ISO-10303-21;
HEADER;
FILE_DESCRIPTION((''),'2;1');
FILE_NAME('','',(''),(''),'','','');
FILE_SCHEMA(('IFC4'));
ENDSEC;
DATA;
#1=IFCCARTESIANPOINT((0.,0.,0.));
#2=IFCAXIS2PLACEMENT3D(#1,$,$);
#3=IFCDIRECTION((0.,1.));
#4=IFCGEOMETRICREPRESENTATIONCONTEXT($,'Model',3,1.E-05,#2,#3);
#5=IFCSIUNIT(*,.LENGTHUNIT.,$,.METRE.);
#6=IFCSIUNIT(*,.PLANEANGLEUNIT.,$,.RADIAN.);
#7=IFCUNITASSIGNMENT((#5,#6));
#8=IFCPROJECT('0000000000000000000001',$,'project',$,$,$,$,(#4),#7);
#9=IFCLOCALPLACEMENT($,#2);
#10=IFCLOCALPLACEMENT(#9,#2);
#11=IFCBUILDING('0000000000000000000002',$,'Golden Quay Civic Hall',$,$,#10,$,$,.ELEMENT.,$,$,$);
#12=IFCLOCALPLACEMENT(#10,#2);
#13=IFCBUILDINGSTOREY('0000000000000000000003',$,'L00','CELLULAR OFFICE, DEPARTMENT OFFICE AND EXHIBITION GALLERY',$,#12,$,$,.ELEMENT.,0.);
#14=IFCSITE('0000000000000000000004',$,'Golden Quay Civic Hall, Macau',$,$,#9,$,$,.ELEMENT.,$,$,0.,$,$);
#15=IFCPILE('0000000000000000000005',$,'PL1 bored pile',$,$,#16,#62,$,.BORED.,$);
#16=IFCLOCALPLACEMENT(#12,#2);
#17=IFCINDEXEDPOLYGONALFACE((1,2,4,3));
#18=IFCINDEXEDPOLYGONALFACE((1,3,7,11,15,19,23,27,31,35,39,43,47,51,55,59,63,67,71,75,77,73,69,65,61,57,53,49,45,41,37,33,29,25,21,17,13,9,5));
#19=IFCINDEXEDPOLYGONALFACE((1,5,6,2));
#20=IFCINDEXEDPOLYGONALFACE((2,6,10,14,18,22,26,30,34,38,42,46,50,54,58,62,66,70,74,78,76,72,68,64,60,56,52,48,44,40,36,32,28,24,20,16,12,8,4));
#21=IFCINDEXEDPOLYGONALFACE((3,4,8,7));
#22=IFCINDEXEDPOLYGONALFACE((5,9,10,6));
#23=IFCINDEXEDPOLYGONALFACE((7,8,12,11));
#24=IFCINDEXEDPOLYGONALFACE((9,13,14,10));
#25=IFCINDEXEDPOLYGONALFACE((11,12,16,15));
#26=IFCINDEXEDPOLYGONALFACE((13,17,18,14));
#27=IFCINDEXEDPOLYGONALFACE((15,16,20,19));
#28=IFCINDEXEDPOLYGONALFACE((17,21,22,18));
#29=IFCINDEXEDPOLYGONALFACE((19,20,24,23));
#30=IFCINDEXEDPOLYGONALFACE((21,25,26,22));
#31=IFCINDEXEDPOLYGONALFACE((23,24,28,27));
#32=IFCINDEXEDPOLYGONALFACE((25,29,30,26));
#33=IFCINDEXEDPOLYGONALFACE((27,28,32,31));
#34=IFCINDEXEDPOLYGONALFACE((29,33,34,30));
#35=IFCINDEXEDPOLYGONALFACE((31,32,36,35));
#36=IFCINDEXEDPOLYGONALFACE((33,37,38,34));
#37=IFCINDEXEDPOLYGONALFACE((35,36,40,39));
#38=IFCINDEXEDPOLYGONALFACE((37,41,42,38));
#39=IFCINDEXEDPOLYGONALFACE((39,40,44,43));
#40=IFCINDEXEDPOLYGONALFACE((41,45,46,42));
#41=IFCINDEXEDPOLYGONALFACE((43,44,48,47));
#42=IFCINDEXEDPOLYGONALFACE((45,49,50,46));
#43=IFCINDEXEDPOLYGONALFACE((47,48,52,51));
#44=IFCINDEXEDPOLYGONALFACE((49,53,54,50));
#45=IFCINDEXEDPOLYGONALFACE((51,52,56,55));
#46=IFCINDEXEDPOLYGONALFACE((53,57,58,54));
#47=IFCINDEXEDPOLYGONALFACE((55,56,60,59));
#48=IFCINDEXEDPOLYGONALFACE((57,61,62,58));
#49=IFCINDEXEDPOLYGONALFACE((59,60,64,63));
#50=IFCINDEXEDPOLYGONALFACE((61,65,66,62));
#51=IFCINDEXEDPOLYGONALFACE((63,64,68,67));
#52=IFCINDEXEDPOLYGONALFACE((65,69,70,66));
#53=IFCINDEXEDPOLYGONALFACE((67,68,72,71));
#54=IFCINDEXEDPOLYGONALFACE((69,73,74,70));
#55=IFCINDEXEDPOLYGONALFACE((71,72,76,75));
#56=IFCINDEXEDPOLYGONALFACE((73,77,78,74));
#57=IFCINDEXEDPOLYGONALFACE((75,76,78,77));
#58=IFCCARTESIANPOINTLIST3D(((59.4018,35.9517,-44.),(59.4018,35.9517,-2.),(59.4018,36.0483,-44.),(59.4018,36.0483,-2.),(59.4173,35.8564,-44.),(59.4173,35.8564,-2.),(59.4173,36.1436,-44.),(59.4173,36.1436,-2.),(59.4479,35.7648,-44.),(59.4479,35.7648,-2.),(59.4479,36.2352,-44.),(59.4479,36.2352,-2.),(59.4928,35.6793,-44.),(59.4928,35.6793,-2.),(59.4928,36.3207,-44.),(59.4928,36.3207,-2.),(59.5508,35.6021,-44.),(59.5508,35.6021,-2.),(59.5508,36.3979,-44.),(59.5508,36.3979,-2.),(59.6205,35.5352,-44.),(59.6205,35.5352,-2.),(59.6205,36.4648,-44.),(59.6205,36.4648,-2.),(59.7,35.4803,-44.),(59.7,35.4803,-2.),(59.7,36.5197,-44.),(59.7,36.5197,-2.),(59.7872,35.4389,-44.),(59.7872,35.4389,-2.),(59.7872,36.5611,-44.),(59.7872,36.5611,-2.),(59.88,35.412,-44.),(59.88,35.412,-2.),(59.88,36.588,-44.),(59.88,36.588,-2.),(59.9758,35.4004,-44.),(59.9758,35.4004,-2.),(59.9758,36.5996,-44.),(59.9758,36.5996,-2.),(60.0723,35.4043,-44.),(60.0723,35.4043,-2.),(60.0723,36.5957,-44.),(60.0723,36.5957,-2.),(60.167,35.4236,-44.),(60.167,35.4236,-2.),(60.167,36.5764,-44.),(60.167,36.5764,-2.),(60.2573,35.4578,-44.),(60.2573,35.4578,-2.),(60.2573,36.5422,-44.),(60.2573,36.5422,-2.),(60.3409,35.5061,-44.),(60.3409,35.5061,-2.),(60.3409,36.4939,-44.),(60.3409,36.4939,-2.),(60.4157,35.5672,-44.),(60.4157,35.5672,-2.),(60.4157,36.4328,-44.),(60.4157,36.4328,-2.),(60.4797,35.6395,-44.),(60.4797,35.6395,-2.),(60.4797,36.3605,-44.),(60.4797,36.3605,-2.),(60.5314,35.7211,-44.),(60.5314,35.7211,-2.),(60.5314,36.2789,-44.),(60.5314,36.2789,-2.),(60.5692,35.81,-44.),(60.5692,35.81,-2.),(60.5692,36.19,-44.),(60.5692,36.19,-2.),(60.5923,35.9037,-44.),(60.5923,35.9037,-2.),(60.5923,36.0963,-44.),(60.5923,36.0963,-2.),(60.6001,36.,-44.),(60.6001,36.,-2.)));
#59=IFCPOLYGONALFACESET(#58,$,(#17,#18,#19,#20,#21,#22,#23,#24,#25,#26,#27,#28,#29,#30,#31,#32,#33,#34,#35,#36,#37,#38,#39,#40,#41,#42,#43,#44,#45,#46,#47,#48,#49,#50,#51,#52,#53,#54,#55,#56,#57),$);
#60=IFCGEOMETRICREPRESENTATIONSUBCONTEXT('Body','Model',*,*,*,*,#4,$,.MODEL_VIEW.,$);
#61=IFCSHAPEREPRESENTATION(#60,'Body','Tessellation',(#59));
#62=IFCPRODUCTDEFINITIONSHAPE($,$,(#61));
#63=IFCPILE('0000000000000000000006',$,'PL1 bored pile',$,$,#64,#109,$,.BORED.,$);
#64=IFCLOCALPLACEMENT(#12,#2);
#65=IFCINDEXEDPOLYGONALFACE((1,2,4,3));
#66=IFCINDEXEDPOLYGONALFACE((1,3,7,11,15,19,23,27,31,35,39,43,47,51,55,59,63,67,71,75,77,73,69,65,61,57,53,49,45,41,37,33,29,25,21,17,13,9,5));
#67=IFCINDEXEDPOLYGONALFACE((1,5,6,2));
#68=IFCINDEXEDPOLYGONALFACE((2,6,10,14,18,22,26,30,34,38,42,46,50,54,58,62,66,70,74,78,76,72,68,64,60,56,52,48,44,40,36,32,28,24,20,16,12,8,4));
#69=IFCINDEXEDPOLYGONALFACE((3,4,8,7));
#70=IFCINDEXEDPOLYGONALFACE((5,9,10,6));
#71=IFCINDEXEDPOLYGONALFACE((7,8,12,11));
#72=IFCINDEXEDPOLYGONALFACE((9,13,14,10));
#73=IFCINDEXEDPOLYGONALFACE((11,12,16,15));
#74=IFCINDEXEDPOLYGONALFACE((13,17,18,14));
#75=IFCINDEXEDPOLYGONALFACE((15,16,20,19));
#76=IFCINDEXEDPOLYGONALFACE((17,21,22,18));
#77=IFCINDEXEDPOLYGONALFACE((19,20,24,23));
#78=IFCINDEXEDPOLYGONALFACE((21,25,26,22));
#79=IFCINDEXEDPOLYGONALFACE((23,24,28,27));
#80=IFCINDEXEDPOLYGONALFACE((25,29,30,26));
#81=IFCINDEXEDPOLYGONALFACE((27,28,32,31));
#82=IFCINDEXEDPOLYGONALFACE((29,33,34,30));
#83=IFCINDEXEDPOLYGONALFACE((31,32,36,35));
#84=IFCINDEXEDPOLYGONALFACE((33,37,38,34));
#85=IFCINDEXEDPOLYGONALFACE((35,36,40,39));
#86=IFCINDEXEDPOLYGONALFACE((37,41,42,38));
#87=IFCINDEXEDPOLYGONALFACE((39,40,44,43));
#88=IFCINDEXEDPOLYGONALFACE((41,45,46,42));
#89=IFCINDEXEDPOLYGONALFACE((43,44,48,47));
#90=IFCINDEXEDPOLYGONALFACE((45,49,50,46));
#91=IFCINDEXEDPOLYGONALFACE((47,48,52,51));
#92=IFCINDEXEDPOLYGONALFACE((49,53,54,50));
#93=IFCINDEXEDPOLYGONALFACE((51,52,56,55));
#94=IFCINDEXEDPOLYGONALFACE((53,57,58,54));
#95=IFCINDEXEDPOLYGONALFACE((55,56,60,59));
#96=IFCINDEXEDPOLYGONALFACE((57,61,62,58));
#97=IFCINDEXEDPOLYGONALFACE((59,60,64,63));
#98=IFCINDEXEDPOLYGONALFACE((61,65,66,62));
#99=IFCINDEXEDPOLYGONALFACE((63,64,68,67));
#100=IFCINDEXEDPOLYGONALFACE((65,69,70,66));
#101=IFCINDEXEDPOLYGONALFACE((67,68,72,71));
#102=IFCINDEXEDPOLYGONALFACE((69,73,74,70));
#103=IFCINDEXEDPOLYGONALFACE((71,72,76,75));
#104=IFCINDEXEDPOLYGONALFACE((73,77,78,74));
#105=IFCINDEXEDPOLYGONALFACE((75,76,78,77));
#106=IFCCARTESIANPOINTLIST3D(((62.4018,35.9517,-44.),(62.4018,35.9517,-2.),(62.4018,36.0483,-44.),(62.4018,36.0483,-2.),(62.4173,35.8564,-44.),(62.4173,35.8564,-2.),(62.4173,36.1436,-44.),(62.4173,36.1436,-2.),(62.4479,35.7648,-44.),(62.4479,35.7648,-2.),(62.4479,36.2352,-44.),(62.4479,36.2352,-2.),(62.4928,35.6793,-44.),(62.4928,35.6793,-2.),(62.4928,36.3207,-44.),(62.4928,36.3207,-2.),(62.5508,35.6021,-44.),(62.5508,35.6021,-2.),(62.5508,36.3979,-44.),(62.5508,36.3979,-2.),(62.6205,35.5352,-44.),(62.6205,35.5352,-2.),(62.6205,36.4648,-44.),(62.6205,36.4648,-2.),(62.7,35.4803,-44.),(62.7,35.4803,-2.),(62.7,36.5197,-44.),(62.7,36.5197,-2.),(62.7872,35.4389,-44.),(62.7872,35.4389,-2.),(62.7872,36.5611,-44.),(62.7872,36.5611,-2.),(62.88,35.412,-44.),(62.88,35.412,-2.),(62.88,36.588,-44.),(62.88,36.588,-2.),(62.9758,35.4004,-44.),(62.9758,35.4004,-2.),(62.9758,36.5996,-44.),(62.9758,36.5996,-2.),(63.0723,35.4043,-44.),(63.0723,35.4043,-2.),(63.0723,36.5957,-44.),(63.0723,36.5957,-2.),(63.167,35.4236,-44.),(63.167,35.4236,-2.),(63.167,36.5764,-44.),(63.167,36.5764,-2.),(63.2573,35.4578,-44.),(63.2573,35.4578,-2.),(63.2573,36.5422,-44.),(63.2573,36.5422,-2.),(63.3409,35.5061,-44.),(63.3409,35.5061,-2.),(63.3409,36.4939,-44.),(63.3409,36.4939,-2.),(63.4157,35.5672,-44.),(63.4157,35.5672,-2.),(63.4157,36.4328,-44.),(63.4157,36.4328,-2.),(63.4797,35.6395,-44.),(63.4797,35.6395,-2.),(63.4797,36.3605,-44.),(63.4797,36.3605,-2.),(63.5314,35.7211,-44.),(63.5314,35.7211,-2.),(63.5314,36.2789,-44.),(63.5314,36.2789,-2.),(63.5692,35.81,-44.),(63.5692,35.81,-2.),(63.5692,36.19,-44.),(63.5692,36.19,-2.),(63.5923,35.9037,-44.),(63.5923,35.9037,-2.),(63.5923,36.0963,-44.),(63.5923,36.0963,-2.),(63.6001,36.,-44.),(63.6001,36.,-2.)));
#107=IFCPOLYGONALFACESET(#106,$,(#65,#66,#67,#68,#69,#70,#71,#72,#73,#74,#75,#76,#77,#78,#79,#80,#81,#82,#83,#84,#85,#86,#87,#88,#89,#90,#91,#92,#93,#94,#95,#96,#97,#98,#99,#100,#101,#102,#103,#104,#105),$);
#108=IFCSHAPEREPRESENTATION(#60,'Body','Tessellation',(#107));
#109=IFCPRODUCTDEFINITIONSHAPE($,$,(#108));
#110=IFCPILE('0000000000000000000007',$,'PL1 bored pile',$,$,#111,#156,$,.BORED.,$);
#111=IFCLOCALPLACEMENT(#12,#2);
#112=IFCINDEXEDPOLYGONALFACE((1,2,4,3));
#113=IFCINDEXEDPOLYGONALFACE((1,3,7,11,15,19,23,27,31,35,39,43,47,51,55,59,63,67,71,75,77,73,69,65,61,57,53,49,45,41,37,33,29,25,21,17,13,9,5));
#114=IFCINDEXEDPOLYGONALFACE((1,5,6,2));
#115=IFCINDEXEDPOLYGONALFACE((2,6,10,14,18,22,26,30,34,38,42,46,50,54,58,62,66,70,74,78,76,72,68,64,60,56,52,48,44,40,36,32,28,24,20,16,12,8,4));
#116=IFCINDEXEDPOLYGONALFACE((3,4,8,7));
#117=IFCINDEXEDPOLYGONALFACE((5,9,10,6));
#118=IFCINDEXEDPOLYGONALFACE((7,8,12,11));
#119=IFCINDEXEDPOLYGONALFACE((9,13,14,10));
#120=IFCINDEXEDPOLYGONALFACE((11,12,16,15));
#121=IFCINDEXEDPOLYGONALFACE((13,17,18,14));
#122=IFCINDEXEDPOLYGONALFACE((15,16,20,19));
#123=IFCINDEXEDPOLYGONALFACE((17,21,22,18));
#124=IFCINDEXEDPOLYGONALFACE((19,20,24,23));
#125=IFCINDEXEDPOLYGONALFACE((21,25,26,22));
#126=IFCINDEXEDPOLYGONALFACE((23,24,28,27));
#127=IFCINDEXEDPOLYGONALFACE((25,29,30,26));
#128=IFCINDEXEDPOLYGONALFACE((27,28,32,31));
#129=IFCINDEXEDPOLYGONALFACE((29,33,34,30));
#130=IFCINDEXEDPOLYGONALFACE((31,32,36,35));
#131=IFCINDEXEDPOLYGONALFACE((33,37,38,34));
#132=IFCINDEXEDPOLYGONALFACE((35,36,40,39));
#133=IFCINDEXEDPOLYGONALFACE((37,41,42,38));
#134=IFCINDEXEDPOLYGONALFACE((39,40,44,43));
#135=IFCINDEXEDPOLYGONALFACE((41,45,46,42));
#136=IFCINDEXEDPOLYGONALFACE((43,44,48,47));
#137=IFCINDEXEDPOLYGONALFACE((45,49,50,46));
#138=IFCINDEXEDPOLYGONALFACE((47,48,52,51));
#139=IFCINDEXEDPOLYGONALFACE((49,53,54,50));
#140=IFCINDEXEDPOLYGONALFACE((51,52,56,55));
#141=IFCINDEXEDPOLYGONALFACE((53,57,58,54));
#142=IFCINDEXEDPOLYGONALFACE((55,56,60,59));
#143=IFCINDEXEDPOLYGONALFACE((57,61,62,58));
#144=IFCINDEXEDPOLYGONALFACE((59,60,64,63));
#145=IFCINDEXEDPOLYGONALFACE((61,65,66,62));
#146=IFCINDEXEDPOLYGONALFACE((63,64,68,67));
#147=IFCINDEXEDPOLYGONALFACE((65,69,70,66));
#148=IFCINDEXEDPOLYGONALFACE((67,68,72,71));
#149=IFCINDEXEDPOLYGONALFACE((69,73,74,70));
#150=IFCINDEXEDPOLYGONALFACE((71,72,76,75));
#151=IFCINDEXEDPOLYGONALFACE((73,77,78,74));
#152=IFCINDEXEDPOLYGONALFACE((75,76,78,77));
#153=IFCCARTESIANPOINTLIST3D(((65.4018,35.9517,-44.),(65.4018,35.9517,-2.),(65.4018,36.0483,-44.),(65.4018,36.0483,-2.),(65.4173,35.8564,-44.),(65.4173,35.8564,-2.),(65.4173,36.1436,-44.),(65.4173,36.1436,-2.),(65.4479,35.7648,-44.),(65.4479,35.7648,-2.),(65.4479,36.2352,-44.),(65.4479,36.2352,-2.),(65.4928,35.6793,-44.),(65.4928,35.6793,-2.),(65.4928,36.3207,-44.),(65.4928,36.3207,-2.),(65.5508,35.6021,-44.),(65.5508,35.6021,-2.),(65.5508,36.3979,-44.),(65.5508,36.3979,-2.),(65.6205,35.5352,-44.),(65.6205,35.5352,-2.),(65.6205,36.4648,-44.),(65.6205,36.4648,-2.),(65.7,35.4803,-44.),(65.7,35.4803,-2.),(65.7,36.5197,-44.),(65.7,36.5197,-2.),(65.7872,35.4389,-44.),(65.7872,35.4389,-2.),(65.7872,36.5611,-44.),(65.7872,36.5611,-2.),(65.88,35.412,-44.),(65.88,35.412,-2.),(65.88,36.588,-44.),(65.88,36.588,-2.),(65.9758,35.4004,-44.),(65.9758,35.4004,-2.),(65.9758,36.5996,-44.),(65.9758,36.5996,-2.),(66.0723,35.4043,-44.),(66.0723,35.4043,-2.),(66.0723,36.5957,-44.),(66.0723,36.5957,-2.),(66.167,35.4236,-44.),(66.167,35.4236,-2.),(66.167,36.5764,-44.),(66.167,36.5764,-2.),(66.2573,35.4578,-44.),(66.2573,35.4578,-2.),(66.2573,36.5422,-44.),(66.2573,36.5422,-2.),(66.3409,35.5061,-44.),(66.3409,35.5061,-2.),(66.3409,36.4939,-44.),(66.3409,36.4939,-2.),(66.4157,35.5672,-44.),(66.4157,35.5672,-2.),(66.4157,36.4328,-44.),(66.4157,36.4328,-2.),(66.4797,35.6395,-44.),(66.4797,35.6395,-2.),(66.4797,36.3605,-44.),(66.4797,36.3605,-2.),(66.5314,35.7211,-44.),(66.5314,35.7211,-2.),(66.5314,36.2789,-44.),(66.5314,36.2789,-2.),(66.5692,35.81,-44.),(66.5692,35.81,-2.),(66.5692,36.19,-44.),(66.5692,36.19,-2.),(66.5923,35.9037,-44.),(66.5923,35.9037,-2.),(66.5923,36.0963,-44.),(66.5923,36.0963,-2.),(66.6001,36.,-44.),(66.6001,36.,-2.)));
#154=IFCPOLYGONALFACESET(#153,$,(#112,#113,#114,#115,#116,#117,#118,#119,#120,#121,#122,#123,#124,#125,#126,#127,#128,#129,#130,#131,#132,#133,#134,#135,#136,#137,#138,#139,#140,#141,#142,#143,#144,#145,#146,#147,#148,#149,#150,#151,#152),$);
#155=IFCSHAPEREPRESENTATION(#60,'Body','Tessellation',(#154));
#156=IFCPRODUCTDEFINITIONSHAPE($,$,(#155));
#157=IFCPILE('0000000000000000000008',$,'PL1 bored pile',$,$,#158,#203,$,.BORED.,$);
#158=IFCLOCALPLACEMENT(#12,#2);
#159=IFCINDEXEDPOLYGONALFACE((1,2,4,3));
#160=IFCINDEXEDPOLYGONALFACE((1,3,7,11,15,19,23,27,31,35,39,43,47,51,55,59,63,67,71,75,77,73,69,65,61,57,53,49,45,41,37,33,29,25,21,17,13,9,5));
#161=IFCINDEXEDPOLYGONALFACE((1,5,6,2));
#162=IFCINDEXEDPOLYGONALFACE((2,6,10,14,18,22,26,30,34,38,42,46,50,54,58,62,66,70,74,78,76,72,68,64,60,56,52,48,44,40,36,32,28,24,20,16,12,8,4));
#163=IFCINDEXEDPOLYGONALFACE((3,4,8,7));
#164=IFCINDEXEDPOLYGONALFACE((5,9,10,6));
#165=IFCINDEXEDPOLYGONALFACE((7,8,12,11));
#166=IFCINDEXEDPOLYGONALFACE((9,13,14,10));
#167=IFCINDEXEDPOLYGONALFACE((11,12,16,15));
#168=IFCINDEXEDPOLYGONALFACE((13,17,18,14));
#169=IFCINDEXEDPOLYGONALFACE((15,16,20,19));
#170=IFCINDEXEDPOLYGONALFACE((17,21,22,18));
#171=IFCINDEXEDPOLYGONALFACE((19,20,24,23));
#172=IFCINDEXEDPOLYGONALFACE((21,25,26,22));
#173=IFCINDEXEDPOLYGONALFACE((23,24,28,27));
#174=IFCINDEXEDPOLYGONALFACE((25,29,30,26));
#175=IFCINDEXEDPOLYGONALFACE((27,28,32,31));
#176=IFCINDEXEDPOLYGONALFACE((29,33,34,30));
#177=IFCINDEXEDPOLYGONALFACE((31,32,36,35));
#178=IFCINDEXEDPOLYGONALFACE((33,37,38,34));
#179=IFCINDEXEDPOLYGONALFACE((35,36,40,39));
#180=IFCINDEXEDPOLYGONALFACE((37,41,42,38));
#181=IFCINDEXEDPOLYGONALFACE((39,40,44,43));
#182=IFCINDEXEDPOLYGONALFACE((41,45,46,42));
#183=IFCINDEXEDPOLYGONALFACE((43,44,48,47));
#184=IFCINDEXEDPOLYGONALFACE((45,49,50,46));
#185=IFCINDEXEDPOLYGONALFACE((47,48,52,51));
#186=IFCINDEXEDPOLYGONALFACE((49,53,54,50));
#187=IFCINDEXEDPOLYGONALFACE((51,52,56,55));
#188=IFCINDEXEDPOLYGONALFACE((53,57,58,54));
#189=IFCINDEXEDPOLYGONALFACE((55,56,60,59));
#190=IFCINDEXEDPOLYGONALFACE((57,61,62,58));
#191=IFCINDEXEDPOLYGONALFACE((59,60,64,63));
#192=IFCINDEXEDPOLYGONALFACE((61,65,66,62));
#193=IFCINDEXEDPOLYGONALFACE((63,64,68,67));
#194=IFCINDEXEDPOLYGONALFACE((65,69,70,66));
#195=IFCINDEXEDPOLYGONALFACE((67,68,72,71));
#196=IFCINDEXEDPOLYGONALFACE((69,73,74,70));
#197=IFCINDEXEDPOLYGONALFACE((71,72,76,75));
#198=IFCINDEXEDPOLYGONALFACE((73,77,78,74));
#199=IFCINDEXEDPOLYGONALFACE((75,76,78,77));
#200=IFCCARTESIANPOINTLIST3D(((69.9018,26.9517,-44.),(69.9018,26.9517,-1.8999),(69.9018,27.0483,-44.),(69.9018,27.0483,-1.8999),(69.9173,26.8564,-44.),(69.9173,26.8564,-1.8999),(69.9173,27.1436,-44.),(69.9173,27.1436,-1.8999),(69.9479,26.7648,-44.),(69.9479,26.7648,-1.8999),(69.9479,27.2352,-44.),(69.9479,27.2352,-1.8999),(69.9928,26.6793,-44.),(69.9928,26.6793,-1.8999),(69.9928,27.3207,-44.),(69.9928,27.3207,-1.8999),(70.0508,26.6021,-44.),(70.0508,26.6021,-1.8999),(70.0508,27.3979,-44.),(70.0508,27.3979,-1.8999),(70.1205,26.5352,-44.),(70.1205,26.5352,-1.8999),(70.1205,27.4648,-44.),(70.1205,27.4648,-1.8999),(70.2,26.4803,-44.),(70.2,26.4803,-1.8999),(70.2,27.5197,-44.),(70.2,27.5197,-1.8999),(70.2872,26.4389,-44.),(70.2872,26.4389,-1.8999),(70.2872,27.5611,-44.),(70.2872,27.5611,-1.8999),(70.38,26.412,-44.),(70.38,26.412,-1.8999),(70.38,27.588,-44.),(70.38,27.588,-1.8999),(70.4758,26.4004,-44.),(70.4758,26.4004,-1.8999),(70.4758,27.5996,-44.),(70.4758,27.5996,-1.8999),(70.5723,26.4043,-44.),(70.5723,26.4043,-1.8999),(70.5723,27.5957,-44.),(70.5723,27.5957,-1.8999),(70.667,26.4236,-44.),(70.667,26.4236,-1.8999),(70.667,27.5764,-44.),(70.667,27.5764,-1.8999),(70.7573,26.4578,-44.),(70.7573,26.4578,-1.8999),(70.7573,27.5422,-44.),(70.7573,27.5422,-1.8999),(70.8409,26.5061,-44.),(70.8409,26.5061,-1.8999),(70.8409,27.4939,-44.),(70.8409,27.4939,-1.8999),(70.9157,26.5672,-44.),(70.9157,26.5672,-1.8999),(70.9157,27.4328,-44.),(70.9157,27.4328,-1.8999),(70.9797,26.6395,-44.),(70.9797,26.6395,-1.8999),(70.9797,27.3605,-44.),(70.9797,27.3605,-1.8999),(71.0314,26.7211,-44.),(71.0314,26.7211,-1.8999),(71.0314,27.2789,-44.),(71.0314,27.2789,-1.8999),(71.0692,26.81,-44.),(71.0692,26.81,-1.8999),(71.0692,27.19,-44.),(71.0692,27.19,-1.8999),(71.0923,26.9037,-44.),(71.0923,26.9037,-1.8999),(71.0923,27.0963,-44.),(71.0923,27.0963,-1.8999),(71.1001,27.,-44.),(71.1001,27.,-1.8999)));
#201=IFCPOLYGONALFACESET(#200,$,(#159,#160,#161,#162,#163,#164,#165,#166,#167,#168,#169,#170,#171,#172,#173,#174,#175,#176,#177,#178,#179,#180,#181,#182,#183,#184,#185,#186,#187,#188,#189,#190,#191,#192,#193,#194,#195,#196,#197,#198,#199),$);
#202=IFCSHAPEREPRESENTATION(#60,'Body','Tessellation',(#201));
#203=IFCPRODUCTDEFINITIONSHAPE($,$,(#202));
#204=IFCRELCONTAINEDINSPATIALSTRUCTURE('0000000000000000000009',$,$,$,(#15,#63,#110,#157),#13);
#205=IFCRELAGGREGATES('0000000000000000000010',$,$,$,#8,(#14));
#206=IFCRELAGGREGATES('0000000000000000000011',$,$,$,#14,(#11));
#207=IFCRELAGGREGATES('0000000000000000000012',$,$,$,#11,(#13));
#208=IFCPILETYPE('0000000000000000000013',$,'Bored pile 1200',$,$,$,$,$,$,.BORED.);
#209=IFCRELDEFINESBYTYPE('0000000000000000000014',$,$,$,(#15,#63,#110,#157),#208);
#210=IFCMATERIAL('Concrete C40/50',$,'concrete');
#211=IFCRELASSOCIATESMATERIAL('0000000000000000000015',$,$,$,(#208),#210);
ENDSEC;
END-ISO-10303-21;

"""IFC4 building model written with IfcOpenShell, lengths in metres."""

from ifc_helpers import new_model, si_unit, direction, frame, origin, origin_2d, place, context, subcontext, project, spatial, circle, extrude, material, material_profile, profile_set, type_object, element, save


model = new_model("IFC4")

# Units and contexts
model_context = context("Model", 3, precision=1e-05, world=origin(), true_north=direction((0.0, 1.0)))
body_context = subcontext(model_context, "Body", "Model", "MODEL_VIEW")
ifc_project = project(units=[si_unit("LENGTHUNIT", "METRE"), si_unit("PLANEANGLEUNIT", "RADIAN")], contexts=[model_context])

# Site, building, storey
site_placement = place(None, origin())
site = spatial("IfcSite", under=ifc_project, at=site_placement, Name="Golden Quay Civic Hall, Macau", CompositionType="ELEMENT", RefElevation=0.0)
building_placement = place(site_placement, origin())
building = spatial("IfcBuilding", under=site, at=building_placement, Name="Golden Quay Civic Hall", CompositionType="ELEMENT")
storey_placement = place(building_placement, origin())
storey = spatial("IfcBuildingStorey", under=building, at=storey_placement, Name="L00", Description="CELLULAR OFFICE, DEPARTMENT OFFICE AND EXHIBITION GALLERY", CompositionType="ELEMENT", Elevation=0.0)

# Piles
ifc_material_1 = material(Name="Concrete C40/50", Category="concrete")
ifc_material_profile_1 = material_profile(ifc_material_1, circle(Radius=0.6001, at=origin_2d()), Name="RC D1200")
ifc_profile_set_1 = profile_set([ifc_material_profile_1], Name="Concrete C40/50")
pile_type = type_object("IfcPileType", Name="Bored pile 1200", PredefinedType="BORED", material=ifc_profile_set_1)
for number, where, z_axis, x_axis, name in (
    (1, (60.0, 36.0, -2.0), (0.0, 0.0, -1.0), (1.0, 0.0, 0.0), "PL1 bored pile"),
    (2, (63.0, 36.0, -2.0), (0.0, 0.0, -1.0), (1.0, 0.0, 0.0), "PL1 bored pile"),
    (3, (66.0, 36.0, -2.0), (0.0, 0.0, -1.0), (1.0, 0.0, 0.0), "PL1 bored pile"),
):
    element("IfcPile", number, at=place(storey_placement, frame(where, z_axis=z_axis, x_axis=x_axis)), inside=storey, type_object=pile_type, Name=name, PredefinedType="BORED", context=body_context, shape_type="SweptSolid", body=[
        extrude(circle(Radius=0.6001, at=origin_2d()), origin(), (0.0, 0.0, 1.0), 42.0),
    ])
for number, where, z_axis, x_axis, name in (
    (4, (70.5, 27.0, -1.8999), (0.0, 0.0, -1.0), (1.0, 0.0, 0.0), "PL1 bored pile"),
):
    element("IfcPile", number, at=place(storey_placement, frame(where, z_axis=z_axis, x_axis=x_axis)), inside=storey, type_object=pile_type, Name=name, PredefinedType="BORED", context=body_context, shape_type="SweptSolid", body=[
        extrude(circle(Radius=0.6001, at=origin_2d()), origin(), (0.0, 0.0, 1.0), 42.1001),
    ])

save(model, "model.ifc")
